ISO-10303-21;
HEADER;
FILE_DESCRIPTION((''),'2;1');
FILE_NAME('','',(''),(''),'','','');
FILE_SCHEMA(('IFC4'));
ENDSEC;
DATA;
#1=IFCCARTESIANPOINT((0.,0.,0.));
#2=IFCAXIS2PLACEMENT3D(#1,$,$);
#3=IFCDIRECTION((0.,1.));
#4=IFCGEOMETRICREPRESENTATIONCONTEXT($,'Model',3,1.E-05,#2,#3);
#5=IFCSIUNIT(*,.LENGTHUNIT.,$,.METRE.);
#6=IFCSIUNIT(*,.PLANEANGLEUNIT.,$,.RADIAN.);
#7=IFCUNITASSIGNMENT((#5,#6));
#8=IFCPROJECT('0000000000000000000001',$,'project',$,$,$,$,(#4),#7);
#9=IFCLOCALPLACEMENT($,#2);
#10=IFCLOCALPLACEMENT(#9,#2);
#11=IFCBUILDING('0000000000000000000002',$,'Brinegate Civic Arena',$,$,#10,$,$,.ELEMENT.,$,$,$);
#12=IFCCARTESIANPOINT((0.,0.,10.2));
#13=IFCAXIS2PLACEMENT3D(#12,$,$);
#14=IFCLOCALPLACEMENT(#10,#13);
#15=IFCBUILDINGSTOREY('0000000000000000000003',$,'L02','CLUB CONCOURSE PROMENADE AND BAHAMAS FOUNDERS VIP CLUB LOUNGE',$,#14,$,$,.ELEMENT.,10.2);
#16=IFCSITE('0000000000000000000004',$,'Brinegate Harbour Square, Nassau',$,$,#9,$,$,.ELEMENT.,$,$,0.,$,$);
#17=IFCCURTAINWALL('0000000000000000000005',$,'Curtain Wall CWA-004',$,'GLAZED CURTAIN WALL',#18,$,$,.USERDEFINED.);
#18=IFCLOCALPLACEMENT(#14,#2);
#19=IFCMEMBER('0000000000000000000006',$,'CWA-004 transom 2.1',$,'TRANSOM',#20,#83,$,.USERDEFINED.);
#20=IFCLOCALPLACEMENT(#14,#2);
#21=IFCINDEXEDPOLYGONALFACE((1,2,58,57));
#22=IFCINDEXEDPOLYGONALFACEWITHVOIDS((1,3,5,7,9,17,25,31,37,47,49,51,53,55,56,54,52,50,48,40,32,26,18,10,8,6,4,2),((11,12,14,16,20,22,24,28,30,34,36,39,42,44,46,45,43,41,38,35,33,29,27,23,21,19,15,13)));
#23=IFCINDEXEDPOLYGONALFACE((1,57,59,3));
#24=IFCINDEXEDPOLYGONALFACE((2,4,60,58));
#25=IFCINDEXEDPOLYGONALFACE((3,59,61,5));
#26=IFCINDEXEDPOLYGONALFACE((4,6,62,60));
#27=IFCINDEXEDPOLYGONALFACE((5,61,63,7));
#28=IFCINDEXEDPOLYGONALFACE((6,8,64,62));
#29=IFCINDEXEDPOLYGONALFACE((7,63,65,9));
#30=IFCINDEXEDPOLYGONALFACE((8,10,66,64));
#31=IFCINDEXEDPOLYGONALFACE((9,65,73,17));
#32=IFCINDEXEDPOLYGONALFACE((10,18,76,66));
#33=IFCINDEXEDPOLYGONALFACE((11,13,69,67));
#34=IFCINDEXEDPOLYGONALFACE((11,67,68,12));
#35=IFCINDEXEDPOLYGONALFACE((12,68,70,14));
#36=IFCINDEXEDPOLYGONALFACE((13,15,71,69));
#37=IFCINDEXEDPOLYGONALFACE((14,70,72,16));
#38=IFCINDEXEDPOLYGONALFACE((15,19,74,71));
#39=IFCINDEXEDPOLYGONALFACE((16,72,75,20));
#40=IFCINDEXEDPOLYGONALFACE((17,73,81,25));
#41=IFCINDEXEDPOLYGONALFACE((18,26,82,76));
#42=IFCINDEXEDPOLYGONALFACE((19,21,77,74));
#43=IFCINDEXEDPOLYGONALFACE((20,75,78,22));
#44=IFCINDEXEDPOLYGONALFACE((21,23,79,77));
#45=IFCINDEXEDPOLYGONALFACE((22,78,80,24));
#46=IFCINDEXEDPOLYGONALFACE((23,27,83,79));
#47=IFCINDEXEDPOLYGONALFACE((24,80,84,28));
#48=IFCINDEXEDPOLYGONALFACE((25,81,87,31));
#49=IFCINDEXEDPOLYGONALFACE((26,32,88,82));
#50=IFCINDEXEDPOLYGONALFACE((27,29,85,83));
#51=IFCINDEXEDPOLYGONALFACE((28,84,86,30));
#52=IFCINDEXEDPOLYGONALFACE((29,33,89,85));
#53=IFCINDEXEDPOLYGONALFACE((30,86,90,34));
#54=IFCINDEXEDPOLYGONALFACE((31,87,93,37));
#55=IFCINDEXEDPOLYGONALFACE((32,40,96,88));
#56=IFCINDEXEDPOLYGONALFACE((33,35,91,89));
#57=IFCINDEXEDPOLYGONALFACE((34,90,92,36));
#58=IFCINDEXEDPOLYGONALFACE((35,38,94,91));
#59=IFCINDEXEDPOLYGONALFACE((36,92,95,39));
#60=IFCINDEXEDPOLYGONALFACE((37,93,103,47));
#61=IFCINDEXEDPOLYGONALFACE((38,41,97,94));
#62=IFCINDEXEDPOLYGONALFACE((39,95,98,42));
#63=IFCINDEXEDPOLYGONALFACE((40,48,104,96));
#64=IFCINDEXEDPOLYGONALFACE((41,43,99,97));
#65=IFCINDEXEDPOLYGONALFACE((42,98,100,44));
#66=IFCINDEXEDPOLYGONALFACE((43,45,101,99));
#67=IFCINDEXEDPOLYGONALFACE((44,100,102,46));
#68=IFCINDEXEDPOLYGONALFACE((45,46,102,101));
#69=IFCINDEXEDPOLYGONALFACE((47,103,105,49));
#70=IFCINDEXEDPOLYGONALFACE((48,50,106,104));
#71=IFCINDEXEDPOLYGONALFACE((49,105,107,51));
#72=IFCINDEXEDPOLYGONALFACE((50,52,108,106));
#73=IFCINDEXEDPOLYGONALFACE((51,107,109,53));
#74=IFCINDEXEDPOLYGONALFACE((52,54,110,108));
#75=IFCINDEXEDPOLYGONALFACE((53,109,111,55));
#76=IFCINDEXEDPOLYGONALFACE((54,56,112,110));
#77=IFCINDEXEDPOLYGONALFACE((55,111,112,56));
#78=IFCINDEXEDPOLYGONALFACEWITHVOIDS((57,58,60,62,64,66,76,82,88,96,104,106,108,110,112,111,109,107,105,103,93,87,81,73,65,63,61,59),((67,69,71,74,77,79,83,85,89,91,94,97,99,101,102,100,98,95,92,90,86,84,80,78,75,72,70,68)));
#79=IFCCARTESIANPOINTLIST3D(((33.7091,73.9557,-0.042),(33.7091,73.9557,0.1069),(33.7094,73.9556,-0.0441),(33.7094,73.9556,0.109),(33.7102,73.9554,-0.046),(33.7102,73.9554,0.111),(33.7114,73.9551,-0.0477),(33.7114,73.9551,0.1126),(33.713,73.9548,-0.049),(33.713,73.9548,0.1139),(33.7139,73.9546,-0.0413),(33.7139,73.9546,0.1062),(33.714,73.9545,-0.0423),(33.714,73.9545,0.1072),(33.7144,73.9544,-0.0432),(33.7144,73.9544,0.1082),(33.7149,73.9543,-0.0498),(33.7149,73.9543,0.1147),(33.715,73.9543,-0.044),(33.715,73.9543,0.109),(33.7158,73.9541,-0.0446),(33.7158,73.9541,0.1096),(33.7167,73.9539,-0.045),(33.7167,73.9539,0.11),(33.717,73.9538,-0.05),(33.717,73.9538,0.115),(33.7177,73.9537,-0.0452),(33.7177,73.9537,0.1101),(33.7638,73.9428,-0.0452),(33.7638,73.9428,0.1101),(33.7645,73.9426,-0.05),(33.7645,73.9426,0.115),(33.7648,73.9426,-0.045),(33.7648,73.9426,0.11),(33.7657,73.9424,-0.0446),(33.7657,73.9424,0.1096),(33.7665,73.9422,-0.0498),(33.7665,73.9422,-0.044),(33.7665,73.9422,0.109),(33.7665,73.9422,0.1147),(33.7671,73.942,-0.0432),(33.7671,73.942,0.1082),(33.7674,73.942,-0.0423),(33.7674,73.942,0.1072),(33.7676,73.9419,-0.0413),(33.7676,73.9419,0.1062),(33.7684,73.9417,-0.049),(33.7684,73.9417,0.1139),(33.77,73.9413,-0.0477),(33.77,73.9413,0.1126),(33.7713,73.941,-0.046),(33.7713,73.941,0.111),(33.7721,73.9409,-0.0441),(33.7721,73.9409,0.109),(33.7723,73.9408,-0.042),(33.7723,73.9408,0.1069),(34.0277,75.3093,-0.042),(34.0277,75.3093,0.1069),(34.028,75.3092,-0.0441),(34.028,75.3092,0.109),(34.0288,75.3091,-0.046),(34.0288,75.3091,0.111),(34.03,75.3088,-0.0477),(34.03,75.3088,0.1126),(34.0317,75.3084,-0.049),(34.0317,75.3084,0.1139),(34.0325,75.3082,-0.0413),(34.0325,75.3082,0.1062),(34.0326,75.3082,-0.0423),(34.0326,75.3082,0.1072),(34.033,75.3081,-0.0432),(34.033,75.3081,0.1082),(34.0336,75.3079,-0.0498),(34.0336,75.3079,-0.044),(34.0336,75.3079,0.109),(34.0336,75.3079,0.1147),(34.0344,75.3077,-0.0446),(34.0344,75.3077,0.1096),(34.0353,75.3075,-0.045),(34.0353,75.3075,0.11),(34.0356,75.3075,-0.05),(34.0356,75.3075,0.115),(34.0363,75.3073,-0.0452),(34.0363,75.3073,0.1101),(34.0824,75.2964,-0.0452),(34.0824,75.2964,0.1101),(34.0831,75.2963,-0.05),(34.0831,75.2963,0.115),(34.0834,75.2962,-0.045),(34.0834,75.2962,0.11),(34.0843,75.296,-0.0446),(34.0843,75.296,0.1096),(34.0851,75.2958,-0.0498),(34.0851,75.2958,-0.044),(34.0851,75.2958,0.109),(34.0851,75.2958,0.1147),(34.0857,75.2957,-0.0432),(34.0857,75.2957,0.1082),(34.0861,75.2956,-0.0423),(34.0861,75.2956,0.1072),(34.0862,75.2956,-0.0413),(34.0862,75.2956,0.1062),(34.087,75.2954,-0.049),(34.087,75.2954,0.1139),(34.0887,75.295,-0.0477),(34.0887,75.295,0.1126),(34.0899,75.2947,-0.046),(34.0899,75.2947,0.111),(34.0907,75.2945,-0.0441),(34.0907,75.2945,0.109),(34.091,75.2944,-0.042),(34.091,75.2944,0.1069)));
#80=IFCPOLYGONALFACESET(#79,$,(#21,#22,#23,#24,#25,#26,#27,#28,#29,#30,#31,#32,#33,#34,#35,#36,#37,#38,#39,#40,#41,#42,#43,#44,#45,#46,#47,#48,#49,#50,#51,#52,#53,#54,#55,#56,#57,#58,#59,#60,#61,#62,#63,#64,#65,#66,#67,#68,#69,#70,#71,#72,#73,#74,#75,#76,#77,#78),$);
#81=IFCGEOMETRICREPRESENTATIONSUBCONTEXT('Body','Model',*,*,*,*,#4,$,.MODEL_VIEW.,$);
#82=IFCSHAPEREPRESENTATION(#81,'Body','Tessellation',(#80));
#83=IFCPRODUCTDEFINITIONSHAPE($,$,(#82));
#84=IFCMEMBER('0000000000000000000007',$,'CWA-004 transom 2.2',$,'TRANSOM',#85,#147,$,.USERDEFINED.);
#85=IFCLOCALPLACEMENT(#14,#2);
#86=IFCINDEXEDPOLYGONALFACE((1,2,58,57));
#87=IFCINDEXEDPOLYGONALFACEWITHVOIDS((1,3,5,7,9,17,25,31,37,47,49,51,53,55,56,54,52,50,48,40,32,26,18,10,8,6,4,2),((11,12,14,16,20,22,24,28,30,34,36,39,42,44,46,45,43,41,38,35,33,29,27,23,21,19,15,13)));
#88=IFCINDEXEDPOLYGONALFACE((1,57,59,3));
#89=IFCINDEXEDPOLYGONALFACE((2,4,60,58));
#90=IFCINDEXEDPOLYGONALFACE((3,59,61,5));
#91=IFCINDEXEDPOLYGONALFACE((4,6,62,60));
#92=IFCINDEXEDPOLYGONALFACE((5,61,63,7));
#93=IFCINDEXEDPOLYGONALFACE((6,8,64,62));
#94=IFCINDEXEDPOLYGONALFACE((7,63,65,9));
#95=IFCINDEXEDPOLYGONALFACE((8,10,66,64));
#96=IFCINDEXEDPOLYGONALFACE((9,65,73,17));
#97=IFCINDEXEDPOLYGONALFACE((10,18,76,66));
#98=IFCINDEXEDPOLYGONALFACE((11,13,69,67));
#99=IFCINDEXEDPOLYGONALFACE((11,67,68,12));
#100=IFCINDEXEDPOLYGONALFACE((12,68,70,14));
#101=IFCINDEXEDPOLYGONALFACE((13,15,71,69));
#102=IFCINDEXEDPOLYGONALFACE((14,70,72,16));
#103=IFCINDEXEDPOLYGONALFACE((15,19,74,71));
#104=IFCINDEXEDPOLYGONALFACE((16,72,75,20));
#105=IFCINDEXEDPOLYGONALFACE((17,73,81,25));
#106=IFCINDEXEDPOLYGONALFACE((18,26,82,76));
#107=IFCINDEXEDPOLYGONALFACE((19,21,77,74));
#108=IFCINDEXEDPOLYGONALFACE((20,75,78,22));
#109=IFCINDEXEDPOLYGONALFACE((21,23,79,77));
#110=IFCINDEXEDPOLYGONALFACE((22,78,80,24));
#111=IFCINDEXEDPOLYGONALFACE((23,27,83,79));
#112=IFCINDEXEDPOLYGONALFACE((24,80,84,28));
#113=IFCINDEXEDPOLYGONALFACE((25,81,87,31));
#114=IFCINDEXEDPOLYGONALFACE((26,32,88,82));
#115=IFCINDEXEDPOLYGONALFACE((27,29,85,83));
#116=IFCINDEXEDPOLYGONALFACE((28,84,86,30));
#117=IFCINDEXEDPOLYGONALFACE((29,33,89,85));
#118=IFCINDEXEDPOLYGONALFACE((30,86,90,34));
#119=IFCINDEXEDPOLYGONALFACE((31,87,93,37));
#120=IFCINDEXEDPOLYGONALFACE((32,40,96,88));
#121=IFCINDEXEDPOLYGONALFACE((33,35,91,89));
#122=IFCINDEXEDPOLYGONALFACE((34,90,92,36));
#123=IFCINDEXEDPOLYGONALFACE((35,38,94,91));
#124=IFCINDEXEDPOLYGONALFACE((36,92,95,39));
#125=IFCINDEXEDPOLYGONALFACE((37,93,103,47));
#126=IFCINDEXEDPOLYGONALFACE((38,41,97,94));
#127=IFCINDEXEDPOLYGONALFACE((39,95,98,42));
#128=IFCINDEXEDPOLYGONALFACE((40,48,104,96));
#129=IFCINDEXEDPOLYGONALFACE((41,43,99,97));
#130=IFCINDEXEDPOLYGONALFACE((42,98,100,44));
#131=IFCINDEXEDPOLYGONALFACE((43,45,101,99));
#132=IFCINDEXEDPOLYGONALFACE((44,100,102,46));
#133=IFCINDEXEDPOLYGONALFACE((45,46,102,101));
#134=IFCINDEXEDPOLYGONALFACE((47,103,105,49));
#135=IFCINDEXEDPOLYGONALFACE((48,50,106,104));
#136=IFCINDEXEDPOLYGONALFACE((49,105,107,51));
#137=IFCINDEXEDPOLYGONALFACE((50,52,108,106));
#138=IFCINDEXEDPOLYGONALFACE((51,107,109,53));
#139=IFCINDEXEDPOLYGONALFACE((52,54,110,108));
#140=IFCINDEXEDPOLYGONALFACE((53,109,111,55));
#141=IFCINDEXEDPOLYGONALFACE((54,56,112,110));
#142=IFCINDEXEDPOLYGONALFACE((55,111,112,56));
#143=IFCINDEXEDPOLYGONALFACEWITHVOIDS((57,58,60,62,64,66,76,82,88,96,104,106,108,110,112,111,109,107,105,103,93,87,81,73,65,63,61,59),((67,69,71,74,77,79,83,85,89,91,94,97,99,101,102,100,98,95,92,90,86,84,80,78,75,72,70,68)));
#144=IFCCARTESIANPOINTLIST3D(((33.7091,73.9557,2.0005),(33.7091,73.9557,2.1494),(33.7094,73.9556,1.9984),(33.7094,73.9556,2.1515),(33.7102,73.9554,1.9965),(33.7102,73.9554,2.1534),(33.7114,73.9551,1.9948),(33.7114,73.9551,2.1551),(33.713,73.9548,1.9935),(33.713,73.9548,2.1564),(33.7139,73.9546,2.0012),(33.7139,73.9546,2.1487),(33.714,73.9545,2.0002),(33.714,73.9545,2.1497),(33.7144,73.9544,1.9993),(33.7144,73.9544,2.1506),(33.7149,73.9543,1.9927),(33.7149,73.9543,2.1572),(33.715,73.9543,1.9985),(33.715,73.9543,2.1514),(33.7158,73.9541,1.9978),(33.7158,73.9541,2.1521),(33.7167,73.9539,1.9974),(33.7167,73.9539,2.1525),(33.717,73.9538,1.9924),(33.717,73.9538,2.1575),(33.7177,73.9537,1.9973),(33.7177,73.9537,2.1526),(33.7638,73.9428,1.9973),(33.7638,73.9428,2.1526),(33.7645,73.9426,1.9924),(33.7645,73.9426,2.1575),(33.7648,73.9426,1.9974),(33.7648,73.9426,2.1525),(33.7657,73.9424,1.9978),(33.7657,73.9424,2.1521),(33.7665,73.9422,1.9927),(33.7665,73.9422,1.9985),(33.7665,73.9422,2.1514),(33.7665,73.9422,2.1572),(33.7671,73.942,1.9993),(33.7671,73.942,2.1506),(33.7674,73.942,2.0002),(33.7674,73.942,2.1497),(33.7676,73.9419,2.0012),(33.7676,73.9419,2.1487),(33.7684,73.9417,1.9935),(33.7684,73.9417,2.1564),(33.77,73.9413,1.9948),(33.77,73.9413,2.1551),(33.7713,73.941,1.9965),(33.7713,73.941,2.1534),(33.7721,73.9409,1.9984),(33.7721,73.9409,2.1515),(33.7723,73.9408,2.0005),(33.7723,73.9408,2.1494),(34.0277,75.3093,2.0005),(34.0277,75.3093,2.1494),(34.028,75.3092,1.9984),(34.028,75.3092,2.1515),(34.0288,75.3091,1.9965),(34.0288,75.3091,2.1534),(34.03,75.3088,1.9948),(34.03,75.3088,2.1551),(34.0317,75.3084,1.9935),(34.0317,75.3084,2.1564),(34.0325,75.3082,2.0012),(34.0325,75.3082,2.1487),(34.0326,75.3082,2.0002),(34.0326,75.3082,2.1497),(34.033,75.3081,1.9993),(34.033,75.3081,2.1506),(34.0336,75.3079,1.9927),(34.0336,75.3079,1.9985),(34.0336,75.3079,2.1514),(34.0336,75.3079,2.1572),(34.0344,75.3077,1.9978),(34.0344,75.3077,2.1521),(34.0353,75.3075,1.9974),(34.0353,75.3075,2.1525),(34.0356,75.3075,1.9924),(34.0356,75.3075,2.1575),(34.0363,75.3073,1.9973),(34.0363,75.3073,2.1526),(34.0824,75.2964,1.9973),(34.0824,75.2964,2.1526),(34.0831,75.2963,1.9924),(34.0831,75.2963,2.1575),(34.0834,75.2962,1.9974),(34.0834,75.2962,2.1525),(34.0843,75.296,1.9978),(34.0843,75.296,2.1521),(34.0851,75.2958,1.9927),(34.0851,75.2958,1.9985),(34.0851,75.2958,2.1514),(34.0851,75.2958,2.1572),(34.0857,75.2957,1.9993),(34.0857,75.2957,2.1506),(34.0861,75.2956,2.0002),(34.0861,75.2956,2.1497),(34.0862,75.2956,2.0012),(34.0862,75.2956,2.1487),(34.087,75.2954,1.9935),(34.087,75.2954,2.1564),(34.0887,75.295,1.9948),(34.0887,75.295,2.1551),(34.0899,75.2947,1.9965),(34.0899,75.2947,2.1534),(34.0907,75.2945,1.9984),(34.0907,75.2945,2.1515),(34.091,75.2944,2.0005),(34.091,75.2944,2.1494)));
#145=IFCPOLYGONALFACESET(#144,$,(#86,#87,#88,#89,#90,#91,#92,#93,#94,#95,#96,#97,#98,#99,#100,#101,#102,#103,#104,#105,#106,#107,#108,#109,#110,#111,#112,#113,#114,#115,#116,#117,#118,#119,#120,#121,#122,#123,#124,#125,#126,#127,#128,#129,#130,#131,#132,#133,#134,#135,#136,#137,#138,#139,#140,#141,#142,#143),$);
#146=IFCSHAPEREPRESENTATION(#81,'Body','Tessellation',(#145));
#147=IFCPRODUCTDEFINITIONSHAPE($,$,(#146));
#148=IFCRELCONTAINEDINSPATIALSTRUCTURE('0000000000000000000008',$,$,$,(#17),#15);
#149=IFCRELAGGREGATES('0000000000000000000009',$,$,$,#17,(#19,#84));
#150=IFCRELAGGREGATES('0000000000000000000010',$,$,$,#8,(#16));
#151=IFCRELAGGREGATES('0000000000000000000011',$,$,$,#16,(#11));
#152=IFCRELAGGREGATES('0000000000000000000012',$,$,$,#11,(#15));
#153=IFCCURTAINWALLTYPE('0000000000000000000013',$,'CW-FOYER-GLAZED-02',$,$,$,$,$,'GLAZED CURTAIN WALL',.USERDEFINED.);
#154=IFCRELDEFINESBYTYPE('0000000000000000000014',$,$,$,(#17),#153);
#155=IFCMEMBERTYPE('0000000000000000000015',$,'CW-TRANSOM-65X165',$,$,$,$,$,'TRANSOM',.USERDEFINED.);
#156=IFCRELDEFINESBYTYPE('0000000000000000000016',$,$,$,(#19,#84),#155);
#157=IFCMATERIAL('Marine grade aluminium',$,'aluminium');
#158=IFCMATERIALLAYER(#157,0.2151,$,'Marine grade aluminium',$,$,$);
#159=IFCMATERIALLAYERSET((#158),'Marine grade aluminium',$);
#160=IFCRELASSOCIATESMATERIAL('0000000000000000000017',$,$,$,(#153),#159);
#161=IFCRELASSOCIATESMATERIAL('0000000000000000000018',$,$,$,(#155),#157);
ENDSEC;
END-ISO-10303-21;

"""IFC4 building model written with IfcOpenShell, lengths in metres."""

from ifc_helpers import new_model, si_unit, direction, frame, origin, origin_2d, place, context, subcontext, project, spatial, hollow_rectangle, extrude, material, layer, layer_set, material_profile, profile_set, type_object, element, aggregate, save


model = new_model("IFC4")

# Units and contexts
model_context = context("Model", 3, precision=1e-05, world=origin(), true_north=direction((0.0, 1.0)))
body_context = subcontext(model_context, "Body", "Model", "MODEL_VIEW")
ifc_project = project(units=[si_unit("LENGTHUNIT", "METRE"), si_unit("PLANEANGLEUNIT", "RADIAN")], contexts=[model_context])

# Site, building, storey
site_placement = place(None, origin())
site = spatial("IfcSite", under=ifc_project, at=site_placement, Name="Brinegate Harbour Square, Nassau", CompositionType="ELEMENT", RefElevation=0.0)
building_placement = place(site_placement, origin())
building = spatial("IfcBuilding", under=site, at=building_placement, Name="Brinegate Civic Arena", CompositionType="ELEMENT")
storey_placement = place(building_placement, frame((0.0, 0.0, 10.2)))
storey = spatial("IfcBuildingStorey", under=building, at=storey_placement, Name="L02", Description="CLUB CONCOURSE PROMENADE AND BAHAMAS FOUNDERS VIP CLUB LOUNGE", CompositionType="ELEMENT", Elevation=10.2)

# Curtain wall
ifc_material_1 = material(Name="Marine grade aluminium", Category="aluminium")
ifc_layer_1 = layer(ifc_material_1, 0.2151, Name="Marine grade aluminium")
ifc_layer_set_1 = layer_set([ifc_layer_1], Name="Marine grade aluminium")
curtain_wall_type_1 = type_object("IfcCurtainWallType", Name="CW-FOYER-GLAZED-02", ElementType="GLAZED CURTAIN WALL", PredefinedType="USERDEFINED", material=ifc_layer_set_1)
curtain_wall_1_placement = place(storey_placement, origin())
curtain_wall_1 = element("IfcCurtainWall", 1, at=curtain_wall_1_placement, inside=storey, type_object=curtain_wall_type_1, Name="Curtain Wall CWA-004", ObjectType="GLAZED CURTAIN WALL", PredefinedType="USERDEFINED")

# Members
ifc_material_profile_1 = material_profile(ifc_material_1, hollow_rectangle(XDim=0.0649, YDim=0.165, WallThickness=0.0049, InnerFilletRadius=0.0039, OuterFilletRadius=0.0081, at=origin_2d()), Name="TRN65X165")
ifc_profile_set_1 = profile_set([ifc_material_profile_1], Name="Marine grade aluminium")
member_type_1 = type_object("IfcMemberType", Name="CW-TRANSOM-65X165", ElementType="TRANSOM", PredefinedType="USERDEFINED", material=ifc_profile_set_1)
member_1_placement = place(storey_placement, frame((33.7407, 73.9482, 0.0325), z_axis=(0.229127, 0.973396, 0.0), x_axis=(-0.973396, 0.229127, 0.0)))
member_1 = element("IfcMember", 2, at=member_1_placement, type_object=member_type_1, Name="CWA-004 transom 2.1", ObjectType="TRANSOM", PredefinedType="USERDEFINED", context=body_context, shape_type="SweptSolid", body=[
    extrude(hollow_rectangle(XDim=0.0649, YDim=0.165, WallThickness=0.0049, InnerFilletRadius=0.0039, OuterFilletRadius=0.0081, at=origin_2d()), origin(), (0.0, 0.0, 1.0), 1.3906),
])
member_2_placement = place(storey_placement, frame((33.7407, 73.9482, 2.075), z_axis=(0.229127, 0.973396, 0.0), x_axis=(-0.973396, 0.229127, 0.0)))
member_2 = element("IfcMember", 3, at=member_2_placement, type_object=member_type_1, Name="CWA-004 transom 2.2", ObjectType="TRANSOM", PredefinedType="USERDEFINED", context=body_context, shape_type="SweptSolid", body=[
    extrude(hollow_rectangle(XDim=0.0649, YDim=0.165, WallThickness=0.0049, InnerFilletRadius=0.0039, OuterFilletRadius=0.0081, at=origin_2d()), origin(), (0.0, 0.0, 1.0), 1.3906),
])

aggregate(curtain_wall_1, [member_1, member_2])

save(model, "model.ifc")
